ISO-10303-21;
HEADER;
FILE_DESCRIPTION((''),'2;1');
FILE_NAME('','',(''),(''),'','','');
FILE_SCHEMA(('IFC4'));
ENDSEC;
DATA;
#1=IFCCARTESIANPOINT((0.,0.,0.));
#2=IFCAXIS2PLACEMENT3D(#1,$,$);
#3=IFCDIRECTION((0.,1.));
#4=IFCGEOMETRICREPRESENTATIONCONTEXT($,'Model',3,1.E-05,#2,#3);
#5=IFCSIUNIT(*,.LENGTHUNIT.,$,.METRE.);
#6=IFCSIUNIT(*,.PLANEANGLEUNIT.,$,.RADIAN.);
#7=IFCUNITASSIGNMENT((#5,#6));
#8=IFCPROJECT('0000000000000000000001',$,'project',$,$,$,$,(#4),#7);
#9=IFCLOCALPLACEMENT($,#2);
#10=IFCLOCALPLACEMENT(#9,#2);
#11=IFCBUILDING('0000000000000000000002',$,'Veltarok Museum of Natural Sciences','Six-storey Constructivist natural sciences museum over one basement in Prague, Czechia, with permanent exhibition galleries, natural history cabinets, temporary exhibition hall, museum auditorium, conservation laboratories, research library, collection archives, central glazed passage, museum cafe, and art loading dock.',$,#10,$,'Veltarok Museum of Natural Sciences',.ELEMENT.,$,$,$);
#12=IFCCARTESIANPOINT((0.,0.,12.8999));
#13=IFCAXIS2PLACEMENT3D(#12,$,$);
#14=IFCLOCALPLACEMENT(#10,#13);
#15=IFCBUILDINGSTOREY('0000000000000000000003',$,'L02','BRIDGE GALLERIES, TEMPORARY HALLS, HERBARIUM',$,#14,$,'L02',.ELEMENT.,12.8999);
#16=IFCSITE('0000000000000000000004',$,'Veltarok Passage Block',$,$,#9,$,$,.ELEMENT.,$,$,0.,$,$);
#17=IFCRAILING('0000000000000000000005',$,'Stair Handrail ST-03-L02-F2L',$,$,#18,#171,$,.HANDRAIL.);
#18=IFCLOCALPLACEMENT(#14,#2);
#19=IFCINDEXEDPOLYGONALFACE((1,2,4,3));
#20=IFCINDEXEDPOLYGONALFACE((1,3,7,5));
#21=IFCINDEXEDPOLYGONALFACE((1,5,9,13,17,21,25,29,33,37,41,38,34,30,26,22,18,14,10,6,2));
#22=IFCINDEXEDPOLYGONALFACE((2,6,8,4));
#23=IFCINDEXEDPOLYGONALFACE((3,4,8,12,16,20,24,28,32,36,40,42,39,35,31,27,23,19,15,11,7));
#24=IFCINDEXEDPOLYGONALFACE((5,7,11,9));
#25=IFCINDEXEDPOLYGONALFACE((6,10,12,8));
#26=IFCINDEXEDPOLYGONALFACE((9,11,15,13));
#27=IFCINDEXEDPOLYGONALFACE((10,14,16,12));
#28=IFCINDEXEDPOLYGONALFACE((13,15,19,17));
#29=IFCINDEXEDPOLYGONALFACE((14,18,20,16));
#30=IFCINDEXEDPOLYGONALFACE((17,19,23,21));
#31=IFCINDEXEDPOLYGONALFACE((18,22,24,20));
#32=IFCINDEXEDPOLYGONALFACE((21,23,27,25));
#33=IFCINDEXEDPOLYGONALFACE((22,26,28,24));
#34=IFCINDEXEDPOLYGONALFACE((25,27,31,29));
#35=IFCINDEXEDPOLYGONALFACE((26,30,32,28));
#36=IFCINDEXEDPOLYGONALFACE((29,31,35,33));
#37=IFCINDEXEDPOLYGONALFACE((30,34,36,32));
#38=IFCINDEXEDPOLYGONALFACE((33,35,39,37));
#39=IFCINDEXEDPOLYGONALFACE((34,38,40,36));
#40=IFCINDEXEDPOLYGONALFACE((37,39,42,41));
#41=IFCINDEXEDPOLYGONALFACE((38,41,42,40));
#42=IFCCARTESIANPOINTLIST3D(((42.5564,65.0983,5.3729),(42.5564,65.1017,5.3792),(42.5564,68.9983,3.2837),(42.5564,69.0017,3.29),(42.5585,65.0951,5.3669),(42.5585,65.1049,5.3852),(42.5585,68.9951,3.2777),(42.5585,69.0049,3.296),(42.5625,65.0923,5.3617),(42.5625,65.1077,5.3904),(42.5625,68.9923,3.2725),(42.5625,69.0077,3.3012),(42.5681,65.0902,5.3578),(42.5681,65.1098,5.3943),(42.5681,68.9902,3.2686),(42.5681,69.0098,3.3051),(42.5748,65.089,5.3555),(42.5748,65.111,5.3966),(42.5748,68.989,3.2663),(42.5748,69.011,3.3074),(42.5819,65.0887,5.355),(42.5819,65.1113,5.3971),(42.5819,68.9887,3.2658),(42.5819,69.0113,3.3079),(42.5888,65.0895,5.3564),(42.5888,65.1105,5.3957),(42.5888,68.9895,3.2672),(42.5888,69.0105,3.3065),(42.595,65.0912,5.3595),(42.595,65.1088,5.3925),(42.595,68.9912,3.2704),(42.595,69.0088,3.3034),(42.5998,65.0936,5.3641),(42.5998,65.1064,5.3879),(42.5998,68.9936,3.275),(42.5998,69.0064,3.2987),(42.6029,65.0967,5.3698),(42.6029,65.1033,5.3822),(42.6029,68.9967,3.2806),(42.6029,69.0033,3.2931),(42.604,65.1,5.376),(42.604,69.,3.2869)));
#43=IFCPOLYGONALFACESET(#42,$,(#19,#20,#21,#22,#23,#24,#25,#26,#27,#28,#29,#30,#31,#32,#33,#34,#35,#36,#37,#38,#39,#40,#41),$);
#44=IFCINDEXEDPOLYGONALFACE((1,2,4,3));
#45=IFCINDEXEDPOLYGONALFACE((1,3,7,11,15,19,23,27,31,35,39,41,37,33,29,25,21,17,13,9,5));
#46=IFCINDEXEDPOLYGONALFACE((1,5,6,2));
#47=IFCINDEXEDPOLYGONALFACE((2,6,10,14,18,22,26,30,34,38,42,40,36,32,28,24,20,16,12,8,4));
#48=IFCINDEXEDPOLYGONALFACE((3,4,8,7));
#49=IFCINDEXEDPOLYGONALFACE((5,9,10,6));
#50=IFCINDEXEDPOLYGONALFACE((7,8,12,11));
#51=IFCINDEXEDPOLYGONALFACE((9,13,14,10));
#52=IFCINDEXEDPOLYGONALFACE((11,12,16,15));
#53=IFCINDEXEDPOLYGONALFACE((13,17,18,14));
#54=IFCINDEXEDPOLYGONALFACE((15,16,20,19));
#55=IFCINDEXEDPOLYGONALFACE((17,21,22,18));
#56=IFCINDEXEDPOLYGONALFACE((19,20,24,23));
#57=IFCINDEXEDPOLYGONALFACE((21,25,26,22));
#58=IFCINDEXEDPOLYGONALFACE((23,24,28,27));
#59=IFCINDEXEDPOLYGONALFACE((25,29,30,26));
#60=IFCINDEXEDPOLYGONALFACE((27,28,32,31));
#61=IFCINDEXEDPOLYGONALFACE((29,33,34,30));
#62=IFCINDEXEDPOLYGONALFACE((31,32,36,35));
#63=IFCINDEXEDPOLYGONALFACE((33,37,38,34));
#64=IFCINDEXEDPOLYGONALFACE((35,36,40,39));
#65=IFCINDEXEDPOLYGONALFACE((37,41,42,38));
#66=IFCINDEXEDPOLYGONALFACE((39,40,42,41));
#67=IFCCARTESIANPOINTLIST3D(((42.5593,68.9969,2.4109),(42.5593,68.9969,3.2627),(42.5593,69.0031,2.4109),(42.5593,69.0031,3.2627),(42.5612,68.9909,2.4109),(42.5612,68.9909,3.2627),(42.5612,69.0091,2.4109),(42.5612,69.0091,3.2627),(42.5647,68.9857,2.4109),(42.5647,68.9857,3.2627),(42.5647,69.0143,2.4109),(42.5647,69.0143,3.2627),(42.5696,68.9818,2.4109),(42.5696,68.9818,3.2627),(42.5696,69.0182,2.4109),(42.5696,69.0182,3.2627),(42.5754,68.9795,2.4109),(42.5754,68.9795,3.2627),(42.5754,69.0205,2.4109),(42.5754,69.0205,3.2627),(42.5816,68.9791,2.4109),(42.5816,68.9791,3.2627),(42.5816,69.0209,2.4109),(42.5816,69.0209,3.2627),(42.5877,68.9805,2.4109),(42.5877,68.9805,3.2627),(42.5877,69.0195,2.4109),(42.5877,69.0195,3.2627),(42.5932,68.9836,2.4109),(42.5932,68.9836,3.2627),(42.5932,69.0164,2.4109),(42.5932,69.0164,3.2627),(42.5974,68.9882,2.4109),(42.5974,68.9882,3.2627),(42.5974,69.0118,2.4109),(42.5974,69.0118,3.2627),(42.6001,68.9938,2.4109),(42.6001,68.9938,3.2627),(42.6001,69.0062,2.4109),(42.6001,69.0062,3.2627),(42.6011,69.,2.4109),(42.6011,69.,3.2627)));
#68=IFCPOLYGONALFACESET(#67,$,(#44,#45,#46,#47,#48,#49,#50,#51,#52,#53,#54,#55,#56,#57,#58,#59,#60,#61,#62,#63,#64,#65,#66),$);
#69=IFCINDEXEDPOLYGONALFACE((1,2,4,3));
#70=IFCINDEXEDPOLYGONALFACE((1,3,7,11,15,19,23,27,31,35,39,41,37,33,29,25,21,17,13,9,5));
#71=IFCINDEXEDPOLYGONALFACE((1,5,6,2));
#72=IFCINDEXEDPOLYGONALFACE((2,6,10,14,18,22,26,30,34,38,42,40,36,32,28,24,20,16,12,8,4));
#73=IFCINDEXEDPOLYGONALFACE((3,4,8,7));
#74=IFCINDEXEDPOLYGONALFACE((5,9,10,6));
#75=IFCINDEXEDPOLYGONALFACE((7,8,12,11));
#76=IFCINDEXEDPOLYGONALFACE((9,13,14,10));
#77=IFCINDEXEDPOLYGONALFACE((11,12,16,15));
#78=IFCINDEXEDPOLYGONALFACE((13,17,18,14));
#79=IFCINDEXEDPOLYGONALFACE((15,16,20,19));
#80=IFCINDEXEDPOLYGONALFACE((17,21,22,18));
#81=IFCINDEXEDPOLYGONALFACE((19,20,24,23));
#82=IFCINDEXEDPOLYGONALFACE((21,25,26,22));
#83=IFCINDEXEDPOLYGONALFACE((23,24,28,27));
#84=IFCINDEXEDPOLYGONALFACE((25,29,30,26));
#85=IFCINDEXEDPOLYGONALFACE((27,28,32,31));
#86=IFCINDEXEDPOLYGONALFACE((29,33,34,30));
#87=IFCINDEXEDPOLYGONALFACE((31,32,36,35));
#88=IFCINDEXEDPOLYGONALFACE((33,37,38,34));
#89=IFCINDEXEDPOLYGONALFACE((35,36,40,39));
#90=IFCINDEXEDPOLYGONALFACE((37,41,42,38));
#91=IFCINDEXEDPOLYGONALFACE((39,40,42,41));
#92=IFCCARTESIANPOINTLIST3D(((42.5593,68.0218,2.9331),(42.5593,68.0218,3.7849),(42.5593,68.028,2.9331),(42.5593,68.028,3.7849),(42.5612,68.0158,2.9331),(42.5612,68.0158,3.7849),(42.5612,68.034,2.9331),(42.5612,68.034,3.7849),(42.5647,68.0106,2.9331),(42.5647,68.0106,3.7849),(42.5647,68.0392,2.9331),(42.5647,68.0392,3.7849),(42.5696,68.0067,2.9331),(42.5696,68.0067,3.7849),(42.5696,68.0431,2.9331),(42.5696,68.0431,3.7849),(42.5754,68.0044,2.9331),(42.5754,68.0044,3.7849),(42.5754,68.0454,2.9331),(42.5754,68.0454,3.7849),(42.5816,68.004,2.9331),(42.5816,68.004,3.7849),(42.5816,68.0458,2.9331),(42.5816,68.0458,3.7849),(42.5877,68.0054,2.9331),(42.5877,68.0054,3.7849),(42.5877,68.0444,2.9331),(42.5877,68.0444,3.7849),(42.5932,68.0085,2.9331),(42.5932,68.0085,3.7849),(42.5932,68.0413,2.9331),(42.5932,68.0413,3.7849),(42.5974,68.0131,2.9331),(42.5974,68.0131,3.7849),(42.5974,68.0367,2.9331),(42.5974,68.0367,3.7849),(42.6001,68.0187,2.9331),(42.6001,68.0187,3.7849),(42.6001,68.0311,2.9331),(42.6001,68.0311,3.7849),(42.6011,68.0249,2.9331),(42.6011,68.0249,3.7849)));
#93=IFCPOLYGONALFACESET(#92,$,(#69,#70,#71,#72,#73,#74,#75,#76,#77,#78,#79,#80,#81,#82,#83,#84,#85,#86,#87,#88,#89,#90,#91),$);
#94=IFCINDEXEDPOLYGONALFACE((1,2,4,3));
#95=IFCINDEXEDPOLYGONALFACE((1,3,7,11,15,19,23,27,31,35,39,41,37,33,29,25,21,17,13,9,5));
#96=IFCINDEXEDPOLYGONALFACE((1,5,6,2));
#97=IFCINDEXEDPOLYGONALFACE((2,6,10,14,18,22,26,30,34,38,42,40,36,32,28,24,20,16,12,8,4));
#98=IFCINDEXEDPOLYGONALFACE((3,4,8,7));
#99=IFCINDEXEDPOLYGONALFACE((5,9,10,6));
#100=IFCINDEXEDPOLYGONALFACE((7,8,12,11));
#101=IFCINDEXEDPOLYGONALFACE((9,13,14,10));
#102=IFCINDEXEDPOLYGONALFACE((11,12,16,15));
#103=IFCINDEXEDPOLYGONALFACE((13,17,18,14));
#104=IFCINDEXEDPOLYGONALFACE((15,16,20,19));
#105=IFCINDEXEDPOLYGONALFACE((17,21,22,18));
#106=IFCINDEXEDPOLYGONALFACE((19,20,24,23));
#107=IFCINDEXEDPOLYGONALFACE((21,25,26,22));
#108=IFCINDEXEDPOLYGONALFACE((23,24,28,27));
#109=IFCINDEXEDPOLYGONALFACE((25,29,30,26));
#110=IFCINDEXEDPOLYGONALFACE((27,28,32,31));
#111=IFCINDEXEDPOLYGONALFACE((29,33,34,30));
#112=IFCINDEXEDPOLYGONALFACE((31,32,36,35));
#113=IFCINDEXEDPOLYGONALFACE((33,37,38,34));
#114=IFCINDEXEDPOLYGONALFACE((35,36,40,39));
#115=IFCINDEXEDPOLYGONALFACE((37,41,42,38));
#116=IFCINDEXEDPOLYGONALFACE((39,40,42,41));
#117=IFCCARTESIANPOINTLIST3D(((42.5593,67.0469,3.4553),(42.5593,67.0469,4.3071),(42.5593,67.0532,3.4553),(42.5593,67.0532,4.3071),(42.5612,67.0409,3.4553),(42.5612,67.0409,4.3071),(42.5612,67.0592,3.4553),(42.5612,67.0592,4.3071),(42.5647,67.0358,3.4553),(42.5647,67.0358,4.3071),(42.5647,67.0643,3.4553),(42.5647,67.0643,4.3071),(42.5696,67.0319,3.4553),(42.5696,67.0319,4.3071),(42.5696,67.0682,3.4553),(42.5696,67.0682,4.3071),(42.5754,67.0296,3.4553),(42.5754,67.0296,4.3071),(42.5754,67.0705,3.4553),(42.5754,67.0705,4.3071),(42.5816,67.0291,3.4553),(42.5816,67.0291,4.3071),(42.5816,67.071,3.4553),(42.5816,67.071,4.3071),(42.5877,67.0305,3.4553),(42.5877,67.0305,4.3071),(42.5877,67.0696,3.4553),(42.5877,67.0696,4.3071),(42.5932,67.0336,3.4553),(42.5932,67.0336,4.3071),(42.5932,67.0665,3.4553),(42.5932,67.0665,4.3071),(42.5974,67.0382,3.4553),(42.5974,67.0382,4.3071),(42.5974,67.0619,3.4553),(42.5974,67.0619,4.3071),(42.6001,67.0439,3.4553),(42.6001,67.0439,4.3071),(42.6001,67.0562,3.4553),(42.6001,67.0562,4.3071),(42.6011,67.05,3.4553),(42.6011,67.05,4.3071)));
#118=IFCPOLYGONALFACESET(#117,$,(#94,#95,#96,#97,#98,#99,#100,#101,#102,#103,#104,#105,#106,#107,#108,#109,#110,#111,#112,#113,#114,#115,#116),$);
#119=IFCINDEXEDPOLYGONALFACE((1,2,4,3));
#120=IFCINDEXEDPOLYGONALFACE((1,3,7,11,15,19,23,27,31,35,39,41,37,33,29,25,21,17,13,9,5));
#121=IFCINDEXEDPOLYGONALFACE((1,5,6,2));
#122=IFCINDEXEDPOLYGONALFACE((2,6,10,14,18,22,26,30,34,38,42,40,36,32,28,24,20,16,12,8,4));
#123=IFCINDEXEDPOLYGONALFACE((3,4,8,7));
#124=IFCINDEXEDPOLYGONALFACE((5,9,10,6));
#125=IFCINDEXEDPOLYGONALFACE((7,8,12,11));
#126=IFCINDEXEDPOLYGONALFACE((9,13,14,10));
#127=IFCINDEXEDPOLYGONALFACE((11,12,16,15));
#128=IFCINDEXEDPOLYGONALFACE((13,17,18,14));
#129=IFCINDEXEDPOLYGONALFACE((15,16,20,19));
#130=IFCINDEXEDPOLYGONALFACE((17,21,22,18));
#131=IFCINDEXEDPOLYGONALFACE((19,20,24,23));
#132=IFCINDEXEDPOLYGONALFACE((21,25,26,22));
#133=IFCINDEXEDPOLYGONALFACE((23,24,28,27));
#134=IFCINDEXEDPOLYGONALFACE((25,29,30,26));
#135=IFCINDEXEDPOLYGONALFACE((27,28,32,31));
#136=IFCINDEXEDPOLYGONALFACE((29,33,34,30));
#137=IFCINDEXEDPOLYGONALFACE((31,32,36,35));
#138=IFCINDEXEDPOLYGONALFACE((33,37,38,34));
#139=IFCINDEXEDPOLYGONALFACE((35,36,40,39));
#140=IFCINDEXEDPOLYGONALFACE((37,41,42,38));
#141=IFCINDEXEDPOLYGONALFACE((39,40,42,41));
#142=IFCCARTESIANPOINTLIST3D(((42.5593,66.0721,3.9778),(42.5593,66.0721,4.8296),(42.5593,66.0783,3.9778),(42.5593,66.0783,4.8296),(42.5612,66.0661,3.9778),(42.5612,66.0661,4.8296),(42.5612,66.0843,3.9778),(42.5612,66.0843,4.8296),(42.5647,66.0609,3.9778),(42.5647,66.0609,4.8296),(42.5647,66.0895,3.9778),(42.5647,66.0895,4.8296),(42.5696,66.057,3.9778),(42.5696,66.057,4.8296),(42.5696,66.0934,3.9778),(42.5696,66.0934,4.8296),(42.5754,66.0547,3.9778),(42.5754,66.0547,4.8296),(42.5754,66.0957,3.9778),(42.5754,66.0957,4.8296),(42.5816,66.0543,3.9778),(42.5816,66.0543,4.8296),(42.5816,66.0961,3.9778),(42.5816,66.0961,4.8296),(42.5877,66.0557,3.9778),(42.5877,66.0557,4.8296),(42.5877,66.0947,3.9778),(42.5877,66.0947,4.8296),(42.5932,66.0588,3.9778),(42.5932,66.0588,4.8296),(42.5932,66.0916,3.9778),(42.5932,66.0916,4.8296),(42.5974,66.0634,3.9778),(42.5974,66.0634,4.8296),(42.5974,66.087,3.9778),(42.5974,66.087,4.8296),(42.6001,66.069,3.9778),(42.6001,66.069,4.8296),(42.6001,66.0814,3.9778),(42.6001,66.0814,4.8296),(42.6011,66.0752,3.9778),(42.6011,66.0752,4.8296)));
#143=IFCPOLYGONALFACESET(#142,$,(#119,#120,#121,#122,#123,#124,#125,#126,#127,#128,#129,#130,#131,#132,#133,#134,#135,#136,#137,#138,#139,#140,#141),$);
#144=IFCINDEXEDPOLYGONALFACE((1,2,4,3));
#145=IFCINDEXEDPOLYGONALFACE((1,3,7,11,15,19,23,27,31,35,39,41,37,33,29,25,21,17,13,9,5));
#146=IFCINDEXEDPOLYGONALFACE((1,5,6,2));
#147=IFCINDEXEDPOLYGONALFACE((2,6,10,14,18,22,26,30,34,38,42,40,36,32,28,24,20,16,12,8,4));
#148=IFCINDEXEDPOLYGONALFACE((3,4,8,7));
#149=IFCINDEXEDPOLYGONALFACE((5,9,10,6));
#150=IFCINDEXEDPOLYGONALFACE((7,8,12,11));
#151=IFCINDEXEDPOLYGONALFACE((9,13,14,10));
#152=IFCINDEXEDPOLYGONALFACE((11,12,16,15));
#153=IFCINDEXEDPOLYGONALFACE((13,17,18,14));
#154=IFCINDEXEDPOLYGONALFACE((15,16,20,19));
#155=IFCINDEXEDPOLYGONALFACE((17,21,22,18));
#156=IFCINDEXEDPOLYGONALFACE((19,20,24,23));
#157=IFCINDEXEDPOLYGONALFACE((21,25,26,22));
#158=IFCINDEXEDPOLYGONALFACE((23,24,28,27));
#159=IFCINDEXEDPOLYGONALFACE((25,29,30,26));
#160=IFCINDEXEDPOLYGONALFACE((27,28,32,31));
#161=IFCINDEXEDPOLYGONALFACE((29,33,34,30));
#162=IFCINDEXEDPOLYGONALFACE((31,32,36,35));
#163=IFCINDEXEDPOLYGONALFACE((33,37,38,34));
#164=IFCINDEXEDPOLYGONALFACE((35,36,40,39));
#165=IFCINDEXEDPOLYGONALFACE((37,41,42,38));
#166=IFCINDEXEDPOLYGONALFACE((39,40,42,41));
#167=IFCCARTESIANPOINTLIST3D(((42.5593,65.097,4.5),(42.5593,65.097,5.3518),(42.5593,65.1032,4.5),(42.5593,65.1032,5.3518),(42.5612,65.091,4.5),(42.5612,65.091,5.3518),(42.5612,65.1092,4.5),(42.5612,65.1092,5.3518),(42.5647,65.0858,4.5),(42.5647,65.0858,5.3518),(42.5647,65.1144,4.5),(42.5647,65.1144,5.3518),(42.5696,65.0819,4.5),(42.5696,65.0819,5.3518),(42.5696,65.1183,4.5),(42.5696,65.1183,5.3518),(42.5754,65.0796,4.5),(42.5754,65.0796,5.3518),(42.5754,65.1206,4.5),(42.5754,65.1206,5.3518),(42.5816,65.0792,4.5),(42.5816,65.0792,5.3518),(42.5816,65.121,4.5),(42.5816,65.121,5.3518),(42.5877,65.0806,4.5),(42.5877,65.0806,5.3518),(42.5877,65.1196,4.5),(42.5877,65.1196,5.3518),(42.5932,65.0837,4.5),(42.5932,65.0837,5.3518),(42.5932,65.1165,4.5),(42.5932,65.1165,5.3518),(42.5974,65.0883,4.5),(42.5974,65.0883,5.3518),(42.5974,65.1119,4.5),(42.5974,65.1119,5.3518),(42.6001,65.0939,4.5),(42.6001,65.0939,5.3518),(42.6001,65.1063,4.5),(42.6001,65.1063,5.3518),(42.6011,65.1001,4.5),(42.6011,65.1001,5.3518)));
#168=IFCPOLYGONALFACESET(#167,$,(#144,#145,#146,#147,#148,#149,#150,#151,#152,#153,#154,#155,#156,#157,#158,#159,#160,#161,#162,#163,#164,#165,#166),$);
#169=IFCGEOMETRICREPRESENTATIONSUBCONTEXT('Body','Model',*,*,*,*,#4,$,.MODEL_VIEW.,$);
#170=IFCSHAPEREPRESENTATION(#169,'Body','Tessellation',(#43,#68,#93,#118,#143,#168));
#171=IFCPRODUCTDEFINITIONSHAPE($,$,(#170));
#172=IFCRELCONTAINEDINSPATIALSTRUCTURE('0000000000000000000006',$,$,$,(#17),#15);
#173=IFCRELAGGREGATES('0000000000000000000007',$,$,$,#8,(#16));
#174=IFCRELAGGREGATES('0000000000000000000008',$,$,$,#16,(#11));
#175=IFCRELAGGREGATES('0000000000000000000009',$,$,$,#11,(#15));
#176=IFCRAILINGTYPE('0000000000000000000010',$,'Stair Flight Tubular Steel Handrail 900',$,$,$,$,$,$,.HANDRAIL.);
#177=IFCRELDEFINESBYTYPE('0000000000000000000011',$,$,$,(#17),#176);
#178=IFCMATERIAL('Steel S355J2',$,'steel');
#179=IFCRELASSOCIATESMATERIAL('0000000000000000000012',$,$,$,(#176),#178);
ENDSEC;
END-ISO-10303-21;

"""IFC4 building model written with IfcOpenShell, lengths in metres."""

from ifc_helpers import new_model, si_unit, direction, frame, origin, origin_2d, place, context, subcontext, project, spatial, circle, extrude, material, type_object, element, save


model = new_model("IFC4")

# Units and contexts
model_context = context("Model", 3, precision=1e-05, world=origin(), true_north=direction((0.0, 1.0)))
body_context = subcontext(model_context, "Body", "Model", "MODEL_VIEW")
ifc_project = project(units=[si_unit("LENGTHUNIT", "METRE"), si_unit("PLANEANGLEUNIT", "RADIAN")], contexts=[model_context])

# Site, building, storey
site_placement = place(None, origin())
site = spatial("IfcSite", under=ifc_project, at=site_placement, Name="Veltarok Passage Block", CompositionType="ELEMENT", RefElevation=0.0)
building_placement = place(site_placement, origin())
building = spatial("IfcBuilding", under=site, at=building_placement, Name="Veltarok Museum of Natural Sciences", Description="Six-storey Constructivist natural sciences museum over one basement in Prague, Czechia, with permanent exhibition galleries, natural history cabinets, temporary exhibition hall, museum auditorium, conservation laboratories, research library, collection archives, central glazed passage, museum cafe, and art loading dock.", LongName="Veltarok Museum of Natural Sciences", CompositionType="ELEMENT")
storey_placement = place(building_placement, frame((0.0, 0.0, 12.8999)))
storey = spatial("IfcBuildingStorey", under=building, at=storey_placement, Name="L02", Description="BRIDGE GALLERIES, TEMPORARY HALLS, HERBARIUM", LongName="L02", CompositionType="ELEMENT", Elevation=12.8999)

# Shared definitions
ifc_material_1 = material(Name="Steel S355J2", Category="steel")

# Railing
railing_type_1 = type_object("IfcRailingType", Name="Stair Flight Tubular Steel Handrail 900", PredefinedType="HANDRAIL", material=ifc_material_1)
railing_placement = place(storey_placement, frame((42.5801, 69.0, 2.4109)))
element("IfcRailing", 1, at=railing_placement, inside=storey, type_object=railing_type_1, Name="Stair Handrail ST-03-L02-F2L", PredefinedType="HANDRAIL", context=body_context, shape_type="SweptSolid", body=[
    extrude(circle(Radius=0.0239, at=origin_2d()), frame((0.0, 0.0, 0.876), z_axis=(0.0, -0.881491, 0.4722), x_axis=(1.0, 0.0, 0.0)), (0.0, 0.0, 1.0), 4.4243),
    extrude(circle(Radius=0.021, at=origin_2d()), origin(), (0.0, 0.0, 1.0), 0.8518),
    extrude(circle(Radius=0.021, at=origin_2d()), frame((0.0, -0.9751, 0.5222)), (0.0, 0.0, 1.0), 0.8518),
    extrude(circle(Radius=0.021, at=origin_2d()), frame((0.0, -1.95, 1.0444)), (0.0, 0.0, 1.0), 0.8518),
    extrude(circle(Radius=0.021, at=origin_2d()), frame((0.0, -2.9248, 1.5669)), (0.0, 0.0, 1.0), 0.8518),
    extrude(circle(Radius=0.021, at=origin_2d()), frame((0.0, -3.8999, 2.0891)), (0.0, 0.0, 1.0), 0.8518),
])

save(model, "model.ifc")
